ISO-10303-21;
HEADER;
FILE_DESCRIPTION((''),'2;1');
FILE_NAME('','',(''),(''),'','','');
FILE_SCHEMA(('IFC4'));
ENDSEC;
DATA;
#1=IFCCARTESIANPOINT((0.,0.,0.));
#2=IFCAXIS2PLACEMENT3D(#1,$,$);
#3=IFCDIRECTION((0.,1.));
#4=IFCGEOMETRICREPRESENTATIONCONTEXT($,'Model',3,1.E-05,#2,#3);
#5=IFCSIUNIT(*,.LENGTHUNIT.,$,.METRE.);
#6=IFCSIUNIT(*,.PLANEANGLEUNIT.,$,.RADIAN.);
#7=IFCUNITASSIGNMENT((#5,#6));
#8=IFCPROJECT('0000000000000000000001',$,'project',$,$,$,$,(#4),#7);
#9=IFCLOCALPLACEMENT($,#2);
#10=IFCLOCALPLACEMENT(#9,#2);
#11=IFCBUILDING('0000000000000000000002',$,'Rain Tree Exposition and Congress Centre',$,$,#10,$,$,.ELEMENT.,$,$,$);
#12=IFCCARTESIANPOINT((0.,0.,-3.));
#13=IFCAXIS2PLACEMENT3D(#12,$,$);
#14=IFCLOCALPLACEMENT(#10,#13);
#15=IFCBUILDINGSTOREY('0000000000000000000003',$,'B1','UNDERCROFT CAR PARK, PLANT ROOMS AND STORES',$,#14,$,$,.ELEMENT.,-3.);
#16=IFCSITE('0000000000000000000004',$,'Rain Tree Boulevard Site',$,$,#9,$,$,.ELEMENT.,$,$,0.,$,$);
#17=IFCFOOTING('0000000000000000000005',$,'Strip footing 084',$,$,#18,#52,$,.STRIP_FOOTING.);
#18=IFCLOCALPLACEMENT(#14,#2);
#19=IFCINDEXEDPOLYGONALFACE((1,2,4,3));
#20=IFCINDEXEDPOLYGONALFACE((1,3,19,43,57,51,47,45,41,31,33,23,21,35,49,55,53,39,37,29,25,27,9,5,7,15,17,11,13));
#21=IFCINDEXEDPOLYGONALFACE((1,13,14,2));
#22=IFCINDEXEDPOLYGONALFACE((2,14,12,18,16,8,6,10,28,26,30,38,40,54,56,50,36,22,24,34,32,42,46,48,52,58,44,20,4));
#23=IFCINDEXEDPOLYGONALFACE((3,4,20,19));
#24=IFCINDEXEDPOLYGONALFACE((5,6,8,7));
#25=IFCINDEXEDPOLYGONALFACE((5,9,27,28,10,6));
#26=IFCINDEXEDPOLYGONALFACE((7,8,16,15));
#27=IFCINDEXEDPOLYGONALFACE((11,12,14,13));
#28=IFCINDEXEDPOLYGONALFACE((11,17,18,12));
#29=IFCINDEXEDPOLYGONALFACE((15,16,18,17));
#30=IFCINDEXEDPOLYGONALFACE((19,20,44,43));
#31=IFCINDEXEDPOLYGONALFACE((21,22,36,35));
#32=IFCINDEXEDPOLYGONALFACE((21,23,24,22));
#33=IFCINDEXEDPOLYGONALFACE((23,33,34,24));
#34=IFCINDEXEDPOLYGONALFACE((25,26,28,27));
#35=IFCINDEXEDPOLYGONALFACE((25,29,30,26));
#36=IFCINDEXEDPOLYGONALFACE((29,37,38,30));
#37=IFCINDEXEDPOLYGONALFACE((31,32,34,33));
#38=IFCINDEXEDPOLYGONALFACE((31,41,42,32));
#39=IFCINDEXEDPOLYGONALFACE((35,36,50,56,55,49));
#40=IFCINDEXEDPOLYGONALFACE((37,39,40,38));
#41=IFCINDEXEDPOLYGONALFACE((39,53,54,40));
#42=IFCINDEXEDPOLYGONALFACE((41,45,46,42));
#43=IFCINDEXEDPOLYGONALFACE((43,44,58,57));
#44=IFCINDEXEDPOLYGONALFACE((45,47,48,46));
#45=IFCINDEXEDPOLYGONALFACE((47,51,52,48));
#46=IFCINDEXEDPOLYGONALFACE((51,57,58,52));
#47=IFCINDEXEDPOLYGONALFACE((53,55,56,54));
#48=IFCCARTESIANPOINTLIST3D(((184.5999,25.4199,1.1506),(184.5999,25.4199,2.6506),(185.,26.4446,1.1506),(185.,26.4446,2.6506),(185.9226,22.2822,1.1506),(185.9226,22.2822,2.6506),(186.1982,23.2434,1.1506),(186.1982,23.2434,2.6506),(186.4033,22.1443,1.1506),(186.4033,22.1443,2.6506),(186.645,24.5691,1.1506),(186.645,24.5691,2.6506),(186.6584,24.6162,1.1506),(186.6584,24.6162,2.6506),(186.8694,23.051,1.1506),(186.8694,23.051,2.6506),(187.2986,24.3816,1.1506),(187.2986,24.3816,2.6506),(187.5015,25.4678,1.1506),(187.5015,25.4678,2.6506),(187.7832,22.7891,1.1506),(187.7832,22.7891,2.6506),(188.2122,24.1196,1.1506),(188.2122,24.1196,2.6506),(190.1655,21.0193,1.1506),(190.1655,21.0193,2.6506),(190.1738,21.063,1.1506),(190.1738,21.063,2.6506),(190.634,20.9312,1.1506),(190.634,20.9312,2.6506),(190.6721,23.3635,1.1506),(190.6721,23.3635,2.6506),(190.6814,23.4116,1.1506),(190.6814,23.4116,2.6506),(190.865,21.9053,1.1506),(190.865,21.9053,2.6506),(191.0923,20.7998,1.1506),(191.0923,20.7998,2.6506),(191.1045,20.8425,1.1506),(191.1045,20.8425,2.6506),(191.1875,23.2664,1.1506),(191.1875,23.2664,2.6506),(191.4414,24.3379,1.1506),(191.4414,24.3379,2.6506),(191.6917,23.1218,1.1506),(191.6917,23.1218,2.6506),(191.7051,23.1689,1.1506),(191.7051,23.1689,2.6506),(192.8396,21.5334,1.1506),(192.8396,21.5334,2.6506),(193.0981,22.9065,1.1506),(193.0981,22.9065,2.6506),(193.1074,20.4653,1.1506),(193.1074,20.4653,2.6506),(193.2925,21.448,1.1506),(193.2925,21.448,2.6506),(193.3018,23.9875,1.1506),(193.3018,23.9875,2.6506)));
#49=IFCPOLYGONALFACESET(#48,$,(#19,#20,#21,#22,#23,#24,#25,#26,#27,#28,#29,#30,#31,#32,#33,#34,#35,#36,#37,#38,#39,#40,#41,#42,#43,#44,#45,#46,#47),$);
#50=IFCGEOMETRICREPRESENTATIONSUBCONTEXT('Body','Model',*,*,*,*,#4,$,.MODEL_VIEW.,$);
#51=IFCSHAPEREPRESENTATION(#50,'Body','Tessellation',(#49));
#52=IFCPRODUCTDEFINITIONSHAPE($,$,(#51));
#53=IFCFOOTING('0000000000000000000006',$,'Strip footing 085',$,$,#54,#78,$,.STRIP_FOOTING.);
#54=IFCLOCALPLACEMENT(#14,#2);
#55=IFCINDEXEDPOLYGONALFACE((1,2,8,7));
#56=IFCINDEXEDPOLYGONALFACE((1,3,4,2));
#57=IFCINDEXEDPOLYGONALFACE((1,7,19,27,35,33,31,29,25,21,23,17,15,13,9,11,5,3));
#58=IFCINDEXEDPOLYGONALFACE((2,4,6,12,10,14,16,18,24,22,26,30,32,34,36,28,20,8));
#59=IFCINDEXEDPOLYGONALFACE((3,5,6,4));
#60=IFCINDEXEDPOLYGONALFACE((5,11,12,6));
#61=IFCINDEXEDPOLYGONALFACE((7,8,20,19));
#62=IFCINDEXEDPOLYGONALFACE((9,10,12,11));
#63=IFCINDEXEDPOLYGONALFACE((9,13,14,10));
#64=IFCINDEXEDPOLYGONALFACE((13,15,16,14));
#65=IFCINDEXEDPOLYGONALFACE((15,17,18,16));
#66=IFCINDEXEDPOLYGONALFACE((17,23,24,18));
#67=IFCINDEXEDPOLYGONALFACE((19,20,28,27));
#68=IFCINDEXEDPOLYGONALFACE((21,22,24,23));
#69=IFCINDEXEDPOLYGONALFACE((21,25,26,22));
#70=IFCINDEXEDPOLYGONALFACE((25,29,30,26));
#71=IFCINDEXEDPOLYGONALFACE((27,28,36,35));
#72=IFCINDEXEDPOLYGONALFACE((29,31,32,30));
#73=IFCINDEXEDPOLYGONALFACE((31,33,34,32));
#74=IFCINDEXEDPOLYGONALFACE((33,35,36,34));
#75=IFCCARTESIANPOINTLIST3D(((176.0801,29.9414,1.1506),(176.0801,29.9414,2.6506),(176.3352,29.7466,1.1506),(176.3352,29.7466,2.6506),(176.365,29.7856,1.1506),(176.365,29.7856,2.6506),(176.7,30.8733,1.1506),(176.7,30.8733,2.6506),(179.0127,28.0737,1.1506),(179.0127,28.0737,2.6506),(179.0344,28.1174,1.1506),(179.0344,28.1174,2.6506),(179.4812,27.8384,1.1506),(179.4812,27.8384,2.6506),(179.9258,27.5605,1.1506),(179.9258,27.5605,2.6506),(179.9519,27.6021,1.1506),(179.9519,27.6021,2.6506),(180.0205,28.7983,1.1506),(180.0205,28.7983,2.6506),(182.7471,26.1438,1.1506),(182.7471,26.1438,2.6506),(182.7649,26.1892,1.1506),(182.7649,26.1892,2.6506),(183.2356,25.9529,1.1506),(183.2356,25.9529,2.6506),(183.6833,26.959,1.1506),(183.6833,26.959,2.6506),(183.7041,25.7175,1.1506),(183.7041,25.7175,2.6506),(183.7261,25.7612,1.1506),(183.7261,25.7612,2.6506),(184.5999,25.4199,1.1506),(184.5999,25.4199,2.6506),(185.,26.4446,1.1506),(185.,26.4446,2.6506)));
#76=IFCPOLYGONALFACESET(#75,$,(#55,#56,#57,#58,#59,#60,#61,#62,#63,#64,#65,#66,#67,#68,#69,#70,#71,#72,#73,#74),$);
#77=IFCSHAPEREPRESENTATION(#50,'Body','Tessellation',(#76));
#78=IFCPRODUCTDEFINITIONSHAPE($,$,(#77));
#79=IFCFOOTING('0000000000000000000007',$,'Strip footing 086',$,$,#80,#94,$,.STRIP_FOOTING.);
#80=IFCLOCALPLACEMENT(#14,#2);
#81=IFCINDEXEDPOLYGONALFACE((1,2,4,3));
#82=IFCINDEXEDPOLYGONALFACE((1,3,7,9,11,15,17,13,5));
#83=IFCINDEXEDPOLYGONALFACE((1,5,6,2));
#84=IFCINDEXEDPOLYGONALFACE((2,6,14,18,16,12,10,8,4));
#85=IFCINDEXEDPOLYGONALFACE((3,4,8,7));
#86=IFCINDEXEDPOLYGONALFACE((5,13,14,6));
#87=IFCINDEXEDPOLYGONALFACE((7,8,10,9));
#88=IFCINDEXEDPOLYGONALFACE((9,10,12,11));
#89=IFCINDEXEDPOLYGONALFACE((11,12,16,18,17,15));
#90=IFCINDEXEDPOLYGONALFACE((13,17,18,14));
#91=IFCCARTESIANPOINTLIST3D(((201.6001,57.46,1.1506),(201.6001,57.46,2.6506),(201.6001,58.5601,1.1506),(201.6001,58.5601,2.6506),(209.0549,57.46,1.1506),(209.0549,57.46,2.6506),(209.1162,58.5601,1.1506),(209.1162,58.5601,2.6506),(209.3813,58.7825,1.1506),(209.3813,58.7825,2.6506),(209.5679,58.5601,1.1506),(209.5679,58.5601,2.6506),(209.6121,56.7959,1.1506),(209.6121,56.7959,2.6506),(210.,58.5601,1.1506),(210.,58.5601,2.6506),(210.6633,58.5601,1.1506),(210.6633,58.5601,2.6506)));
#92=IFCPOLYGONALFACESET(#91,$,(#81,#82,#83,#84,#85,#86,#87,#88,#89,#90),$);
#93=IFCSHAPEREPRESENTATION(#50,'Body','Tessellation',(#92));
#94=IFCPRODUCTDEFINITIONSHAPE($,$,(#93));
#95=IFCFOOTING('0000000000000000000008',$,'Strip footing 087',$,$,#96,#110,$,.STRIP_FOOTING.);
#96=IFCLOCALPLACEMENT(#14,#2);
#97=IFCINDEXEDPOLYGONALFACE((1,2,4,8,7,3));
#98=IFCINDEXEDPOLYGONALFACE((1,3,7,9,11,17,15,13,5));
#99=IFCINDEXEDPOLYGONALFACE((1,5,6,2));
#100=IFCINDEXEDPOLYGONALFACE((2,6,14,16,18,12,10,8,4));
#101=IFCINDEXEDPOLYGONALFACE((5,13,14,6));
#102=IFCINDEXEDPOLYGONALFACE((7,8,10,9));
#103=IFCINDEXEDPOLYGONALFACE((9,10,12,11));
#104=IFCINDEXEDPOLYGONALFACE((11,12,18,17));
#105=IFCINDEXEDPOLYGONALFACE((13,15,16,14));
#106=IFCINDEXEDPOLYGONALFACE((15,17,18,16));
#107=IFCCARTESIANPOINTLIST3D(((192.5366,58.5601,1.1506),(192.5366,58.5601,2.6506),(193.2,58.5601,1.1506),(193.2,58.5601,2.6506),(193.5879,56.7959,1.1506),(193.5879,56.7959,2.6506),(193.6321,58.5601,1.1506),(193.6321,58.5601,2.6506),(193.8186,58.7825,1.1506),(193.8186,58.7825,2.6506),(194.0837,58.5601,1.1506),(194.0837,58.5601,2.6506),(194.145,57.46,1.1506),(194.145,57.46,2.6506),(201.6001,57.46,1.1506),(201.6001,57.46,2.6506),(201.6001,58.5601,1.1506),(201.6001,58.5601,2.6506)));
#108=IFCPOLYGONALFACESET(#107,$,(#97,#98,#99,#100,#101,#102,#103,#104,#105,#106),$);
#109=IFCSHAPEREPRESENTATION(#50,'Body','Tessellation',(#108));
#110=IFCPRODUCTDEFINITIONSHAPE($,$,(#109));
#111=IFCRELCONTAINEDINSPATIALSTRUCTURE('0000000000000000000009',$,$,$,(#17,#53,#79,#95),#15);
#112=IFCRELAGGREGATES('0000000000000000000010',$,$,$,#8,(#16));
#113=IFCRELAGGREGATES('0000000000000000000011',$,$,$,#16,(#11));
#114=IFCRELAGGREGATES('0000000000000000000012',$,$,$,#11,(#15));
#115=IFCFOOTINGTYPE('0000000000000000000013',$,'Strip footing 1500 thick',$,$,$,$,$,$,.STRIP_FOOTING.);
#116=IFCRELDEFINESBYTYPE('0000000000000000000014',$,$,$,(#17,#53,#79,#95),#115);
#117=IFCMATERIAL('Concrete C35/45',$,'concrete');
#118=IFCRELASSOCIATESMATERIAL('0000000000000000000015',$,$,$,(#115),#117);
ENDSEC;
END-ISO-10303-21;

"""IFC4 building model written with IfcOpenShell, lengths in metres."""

from ifc_helpers import new_model, si_unit, direction, frame, origin, place, context, subcontext, project, spatial, polyline, outline, extrude, material, type_object, element, save


model = new_model("IFC4")

# Units and contexts
model_context = context("Model", 3, precision=1e-05, world=origin(), true_north=direction((0.0, 1.0)))
body_context = subcontext(model_context, "Body", "Model", "MODEL_VIEW")
ifc_project = project(units=[si_unit("LENGTHUNIT", "METRE"), si_unit("PLANEANGLEUNIT", "RADIAN")], contexts=[model_context])

# Site, building, storey
site_placement = place(None, origin())
site = spatial("IfcSite", under=ifc_project, at=site_placement, Name="Rain Tree Boulevard Site", CompositionType="ELEMENT", RefElevation=0.0)
building_placement = place(site_placement, origin())
building = spatial("IfcBuilding", under=site, at=building_placement, Name="Rain Tree Exposition and Congress Centre", CompositionType="ELEMENT")
storey_placement = place(building_placement, frame((0.0, 0.0, -3.0)))
storey = spatial("IfcBuildingStorey", under=building, at=storey_placement, Name="B1", Description="UNDERCROFT CAR PARK, PLANT ROOMS AND STORES", CompositionType="ELEMENT", Elevation=-3.0)

# Footings
ifc_material_1 = material(Name="Concrete C35/45", Category="concrete")
footing_type_1 = type_object("IfcFootingType", Name="Strip footing 1500 thick", PredefinedType="STRIP_FOOTING", material=ifc_material_1)
footing_1_placement = place(storey_placement, frame((0.0, 0.0, 1.1506)))
element("IfcFooting", 1, at=footing_1_placement, inside=storey, type_object=footing_type_1, Name="Strip footing 084", PredefinedType="STRIP_FOOTING", context=body_context, shape_type="SweptSolid", body=[
    extrude(outline(polyline([(193.1074, 20.4653), (193.2925, 21.448), (192.8396, 21.5334), (190.865, 21.9053), (187.7832, 22.7891), (188.2122, 24.1196), (190.6814, 23.4116), (190.6721, 23.3635), (191.1875, 23.2664), (191.6917, 23.1218), (191.7051, 23.1689), (193.0981, 22.9065), (193.3018, 23.9875), (191.4414, 24.3379), (187.5015, 25.4678), (185.0, 26.4446), (184.5999, 25.4199), (186.6584, 24.6162), (186.645, 24.5691), (187.2986, 24.3816), (186.8694, 23.051), (186.1982, 23.2434), (185.9226, 22.2822), (186.4033, 22.1443), (190.1738, 21.063), (190.1655, 21.0193), (190.634, 20.9312), (191.0923, 20.7998), (191.1045, 20.8425), (193.1074, 20.4653)])), origin(), (0.0, 0.0, 1.0), 1.5),
])
footing_2_placement = place(storey_placement, frame((0.0, 0.0, 1.1506)))
element("IfcFooting", 2, at=footing_2_placement, inside=storey, type_object=footing_type_1, Name="Strip footing 085", PredefinedType="STRIP_FOOTING", context=body_context, shape_type="SweptSolid", body=[
    extrude(outline(polyline([(184.5999, 25.4199), (185.0, 26.4446), (183.6833, 26.959), (180.0205, 28.7983), (176.7, 30.8733), (176.0801, 29.9414), (176.3352, 29.7466), (176.365, 29.7856), (179.0344, 28.1174), (179.0127, 28.0737), (179.4812, 27.8384), (179.9258, 27.5605), (179.9519, 27.6021), (182.7649, 26.1892), (182.7471, 26.1438), (183.2356, 25.9529), (183.7041, 25.7175), (183.7261, 25.7612), (184.5999, 25.4199)])), origin(), (0.0, 0.0, 1.0), 1.5),
])
footing_3_placement = place(storey_placement, frame((0.0, 0.0, 1.1506)))
element("IfcFooting", 3, at=footing_3_placement, inside=storey, type_object=footing_type_1, Name="Strip footing 086", PredefinedType="STRIP_FOOTING", context=body_context, shape_type="SweptSolid", body=[
    extrude(outline(polyline([(209.6121, 56.7959), (210.6633, 58.5601), (210.0, 58.5601), (209.5679, 58.5601), (209.3813, 58.7825), (209.1162, 58.5601), (201.6001, 58.5601), (201.6001, 57.46), (209.0549, 57.46), (209.6121, 56.7959)])), origin(), (0.0, 0.0, 1.0), 1.5),
])
footing_4_placement = place(storey_placement, frame((0.0, 0.0, 1.1506)))
element("IfcFooting", 4, at=footing_4_placement, inside=storey, type_object=footing_type_1, Name="Strip footing 087", PredefinedType="STRIP_FOOTING", context=body_context, shape_type="SweptSolid", body=[
    extrude(outline(polyline([(201.6001, 57.46), (201.6001, 58.5601), (194.0837, 58.5601), (193.8186, 58.7825), (193.6321, 58.5601), (193.2, 58.5601), (192.5366, 58.5601), (193.5879, 56.7959), (194.145, 57.46), (201.6001, 57.46)])), origin(), (0.0, 0.0, 1.0), 1.5),
])

save(model, "model.ifc")
